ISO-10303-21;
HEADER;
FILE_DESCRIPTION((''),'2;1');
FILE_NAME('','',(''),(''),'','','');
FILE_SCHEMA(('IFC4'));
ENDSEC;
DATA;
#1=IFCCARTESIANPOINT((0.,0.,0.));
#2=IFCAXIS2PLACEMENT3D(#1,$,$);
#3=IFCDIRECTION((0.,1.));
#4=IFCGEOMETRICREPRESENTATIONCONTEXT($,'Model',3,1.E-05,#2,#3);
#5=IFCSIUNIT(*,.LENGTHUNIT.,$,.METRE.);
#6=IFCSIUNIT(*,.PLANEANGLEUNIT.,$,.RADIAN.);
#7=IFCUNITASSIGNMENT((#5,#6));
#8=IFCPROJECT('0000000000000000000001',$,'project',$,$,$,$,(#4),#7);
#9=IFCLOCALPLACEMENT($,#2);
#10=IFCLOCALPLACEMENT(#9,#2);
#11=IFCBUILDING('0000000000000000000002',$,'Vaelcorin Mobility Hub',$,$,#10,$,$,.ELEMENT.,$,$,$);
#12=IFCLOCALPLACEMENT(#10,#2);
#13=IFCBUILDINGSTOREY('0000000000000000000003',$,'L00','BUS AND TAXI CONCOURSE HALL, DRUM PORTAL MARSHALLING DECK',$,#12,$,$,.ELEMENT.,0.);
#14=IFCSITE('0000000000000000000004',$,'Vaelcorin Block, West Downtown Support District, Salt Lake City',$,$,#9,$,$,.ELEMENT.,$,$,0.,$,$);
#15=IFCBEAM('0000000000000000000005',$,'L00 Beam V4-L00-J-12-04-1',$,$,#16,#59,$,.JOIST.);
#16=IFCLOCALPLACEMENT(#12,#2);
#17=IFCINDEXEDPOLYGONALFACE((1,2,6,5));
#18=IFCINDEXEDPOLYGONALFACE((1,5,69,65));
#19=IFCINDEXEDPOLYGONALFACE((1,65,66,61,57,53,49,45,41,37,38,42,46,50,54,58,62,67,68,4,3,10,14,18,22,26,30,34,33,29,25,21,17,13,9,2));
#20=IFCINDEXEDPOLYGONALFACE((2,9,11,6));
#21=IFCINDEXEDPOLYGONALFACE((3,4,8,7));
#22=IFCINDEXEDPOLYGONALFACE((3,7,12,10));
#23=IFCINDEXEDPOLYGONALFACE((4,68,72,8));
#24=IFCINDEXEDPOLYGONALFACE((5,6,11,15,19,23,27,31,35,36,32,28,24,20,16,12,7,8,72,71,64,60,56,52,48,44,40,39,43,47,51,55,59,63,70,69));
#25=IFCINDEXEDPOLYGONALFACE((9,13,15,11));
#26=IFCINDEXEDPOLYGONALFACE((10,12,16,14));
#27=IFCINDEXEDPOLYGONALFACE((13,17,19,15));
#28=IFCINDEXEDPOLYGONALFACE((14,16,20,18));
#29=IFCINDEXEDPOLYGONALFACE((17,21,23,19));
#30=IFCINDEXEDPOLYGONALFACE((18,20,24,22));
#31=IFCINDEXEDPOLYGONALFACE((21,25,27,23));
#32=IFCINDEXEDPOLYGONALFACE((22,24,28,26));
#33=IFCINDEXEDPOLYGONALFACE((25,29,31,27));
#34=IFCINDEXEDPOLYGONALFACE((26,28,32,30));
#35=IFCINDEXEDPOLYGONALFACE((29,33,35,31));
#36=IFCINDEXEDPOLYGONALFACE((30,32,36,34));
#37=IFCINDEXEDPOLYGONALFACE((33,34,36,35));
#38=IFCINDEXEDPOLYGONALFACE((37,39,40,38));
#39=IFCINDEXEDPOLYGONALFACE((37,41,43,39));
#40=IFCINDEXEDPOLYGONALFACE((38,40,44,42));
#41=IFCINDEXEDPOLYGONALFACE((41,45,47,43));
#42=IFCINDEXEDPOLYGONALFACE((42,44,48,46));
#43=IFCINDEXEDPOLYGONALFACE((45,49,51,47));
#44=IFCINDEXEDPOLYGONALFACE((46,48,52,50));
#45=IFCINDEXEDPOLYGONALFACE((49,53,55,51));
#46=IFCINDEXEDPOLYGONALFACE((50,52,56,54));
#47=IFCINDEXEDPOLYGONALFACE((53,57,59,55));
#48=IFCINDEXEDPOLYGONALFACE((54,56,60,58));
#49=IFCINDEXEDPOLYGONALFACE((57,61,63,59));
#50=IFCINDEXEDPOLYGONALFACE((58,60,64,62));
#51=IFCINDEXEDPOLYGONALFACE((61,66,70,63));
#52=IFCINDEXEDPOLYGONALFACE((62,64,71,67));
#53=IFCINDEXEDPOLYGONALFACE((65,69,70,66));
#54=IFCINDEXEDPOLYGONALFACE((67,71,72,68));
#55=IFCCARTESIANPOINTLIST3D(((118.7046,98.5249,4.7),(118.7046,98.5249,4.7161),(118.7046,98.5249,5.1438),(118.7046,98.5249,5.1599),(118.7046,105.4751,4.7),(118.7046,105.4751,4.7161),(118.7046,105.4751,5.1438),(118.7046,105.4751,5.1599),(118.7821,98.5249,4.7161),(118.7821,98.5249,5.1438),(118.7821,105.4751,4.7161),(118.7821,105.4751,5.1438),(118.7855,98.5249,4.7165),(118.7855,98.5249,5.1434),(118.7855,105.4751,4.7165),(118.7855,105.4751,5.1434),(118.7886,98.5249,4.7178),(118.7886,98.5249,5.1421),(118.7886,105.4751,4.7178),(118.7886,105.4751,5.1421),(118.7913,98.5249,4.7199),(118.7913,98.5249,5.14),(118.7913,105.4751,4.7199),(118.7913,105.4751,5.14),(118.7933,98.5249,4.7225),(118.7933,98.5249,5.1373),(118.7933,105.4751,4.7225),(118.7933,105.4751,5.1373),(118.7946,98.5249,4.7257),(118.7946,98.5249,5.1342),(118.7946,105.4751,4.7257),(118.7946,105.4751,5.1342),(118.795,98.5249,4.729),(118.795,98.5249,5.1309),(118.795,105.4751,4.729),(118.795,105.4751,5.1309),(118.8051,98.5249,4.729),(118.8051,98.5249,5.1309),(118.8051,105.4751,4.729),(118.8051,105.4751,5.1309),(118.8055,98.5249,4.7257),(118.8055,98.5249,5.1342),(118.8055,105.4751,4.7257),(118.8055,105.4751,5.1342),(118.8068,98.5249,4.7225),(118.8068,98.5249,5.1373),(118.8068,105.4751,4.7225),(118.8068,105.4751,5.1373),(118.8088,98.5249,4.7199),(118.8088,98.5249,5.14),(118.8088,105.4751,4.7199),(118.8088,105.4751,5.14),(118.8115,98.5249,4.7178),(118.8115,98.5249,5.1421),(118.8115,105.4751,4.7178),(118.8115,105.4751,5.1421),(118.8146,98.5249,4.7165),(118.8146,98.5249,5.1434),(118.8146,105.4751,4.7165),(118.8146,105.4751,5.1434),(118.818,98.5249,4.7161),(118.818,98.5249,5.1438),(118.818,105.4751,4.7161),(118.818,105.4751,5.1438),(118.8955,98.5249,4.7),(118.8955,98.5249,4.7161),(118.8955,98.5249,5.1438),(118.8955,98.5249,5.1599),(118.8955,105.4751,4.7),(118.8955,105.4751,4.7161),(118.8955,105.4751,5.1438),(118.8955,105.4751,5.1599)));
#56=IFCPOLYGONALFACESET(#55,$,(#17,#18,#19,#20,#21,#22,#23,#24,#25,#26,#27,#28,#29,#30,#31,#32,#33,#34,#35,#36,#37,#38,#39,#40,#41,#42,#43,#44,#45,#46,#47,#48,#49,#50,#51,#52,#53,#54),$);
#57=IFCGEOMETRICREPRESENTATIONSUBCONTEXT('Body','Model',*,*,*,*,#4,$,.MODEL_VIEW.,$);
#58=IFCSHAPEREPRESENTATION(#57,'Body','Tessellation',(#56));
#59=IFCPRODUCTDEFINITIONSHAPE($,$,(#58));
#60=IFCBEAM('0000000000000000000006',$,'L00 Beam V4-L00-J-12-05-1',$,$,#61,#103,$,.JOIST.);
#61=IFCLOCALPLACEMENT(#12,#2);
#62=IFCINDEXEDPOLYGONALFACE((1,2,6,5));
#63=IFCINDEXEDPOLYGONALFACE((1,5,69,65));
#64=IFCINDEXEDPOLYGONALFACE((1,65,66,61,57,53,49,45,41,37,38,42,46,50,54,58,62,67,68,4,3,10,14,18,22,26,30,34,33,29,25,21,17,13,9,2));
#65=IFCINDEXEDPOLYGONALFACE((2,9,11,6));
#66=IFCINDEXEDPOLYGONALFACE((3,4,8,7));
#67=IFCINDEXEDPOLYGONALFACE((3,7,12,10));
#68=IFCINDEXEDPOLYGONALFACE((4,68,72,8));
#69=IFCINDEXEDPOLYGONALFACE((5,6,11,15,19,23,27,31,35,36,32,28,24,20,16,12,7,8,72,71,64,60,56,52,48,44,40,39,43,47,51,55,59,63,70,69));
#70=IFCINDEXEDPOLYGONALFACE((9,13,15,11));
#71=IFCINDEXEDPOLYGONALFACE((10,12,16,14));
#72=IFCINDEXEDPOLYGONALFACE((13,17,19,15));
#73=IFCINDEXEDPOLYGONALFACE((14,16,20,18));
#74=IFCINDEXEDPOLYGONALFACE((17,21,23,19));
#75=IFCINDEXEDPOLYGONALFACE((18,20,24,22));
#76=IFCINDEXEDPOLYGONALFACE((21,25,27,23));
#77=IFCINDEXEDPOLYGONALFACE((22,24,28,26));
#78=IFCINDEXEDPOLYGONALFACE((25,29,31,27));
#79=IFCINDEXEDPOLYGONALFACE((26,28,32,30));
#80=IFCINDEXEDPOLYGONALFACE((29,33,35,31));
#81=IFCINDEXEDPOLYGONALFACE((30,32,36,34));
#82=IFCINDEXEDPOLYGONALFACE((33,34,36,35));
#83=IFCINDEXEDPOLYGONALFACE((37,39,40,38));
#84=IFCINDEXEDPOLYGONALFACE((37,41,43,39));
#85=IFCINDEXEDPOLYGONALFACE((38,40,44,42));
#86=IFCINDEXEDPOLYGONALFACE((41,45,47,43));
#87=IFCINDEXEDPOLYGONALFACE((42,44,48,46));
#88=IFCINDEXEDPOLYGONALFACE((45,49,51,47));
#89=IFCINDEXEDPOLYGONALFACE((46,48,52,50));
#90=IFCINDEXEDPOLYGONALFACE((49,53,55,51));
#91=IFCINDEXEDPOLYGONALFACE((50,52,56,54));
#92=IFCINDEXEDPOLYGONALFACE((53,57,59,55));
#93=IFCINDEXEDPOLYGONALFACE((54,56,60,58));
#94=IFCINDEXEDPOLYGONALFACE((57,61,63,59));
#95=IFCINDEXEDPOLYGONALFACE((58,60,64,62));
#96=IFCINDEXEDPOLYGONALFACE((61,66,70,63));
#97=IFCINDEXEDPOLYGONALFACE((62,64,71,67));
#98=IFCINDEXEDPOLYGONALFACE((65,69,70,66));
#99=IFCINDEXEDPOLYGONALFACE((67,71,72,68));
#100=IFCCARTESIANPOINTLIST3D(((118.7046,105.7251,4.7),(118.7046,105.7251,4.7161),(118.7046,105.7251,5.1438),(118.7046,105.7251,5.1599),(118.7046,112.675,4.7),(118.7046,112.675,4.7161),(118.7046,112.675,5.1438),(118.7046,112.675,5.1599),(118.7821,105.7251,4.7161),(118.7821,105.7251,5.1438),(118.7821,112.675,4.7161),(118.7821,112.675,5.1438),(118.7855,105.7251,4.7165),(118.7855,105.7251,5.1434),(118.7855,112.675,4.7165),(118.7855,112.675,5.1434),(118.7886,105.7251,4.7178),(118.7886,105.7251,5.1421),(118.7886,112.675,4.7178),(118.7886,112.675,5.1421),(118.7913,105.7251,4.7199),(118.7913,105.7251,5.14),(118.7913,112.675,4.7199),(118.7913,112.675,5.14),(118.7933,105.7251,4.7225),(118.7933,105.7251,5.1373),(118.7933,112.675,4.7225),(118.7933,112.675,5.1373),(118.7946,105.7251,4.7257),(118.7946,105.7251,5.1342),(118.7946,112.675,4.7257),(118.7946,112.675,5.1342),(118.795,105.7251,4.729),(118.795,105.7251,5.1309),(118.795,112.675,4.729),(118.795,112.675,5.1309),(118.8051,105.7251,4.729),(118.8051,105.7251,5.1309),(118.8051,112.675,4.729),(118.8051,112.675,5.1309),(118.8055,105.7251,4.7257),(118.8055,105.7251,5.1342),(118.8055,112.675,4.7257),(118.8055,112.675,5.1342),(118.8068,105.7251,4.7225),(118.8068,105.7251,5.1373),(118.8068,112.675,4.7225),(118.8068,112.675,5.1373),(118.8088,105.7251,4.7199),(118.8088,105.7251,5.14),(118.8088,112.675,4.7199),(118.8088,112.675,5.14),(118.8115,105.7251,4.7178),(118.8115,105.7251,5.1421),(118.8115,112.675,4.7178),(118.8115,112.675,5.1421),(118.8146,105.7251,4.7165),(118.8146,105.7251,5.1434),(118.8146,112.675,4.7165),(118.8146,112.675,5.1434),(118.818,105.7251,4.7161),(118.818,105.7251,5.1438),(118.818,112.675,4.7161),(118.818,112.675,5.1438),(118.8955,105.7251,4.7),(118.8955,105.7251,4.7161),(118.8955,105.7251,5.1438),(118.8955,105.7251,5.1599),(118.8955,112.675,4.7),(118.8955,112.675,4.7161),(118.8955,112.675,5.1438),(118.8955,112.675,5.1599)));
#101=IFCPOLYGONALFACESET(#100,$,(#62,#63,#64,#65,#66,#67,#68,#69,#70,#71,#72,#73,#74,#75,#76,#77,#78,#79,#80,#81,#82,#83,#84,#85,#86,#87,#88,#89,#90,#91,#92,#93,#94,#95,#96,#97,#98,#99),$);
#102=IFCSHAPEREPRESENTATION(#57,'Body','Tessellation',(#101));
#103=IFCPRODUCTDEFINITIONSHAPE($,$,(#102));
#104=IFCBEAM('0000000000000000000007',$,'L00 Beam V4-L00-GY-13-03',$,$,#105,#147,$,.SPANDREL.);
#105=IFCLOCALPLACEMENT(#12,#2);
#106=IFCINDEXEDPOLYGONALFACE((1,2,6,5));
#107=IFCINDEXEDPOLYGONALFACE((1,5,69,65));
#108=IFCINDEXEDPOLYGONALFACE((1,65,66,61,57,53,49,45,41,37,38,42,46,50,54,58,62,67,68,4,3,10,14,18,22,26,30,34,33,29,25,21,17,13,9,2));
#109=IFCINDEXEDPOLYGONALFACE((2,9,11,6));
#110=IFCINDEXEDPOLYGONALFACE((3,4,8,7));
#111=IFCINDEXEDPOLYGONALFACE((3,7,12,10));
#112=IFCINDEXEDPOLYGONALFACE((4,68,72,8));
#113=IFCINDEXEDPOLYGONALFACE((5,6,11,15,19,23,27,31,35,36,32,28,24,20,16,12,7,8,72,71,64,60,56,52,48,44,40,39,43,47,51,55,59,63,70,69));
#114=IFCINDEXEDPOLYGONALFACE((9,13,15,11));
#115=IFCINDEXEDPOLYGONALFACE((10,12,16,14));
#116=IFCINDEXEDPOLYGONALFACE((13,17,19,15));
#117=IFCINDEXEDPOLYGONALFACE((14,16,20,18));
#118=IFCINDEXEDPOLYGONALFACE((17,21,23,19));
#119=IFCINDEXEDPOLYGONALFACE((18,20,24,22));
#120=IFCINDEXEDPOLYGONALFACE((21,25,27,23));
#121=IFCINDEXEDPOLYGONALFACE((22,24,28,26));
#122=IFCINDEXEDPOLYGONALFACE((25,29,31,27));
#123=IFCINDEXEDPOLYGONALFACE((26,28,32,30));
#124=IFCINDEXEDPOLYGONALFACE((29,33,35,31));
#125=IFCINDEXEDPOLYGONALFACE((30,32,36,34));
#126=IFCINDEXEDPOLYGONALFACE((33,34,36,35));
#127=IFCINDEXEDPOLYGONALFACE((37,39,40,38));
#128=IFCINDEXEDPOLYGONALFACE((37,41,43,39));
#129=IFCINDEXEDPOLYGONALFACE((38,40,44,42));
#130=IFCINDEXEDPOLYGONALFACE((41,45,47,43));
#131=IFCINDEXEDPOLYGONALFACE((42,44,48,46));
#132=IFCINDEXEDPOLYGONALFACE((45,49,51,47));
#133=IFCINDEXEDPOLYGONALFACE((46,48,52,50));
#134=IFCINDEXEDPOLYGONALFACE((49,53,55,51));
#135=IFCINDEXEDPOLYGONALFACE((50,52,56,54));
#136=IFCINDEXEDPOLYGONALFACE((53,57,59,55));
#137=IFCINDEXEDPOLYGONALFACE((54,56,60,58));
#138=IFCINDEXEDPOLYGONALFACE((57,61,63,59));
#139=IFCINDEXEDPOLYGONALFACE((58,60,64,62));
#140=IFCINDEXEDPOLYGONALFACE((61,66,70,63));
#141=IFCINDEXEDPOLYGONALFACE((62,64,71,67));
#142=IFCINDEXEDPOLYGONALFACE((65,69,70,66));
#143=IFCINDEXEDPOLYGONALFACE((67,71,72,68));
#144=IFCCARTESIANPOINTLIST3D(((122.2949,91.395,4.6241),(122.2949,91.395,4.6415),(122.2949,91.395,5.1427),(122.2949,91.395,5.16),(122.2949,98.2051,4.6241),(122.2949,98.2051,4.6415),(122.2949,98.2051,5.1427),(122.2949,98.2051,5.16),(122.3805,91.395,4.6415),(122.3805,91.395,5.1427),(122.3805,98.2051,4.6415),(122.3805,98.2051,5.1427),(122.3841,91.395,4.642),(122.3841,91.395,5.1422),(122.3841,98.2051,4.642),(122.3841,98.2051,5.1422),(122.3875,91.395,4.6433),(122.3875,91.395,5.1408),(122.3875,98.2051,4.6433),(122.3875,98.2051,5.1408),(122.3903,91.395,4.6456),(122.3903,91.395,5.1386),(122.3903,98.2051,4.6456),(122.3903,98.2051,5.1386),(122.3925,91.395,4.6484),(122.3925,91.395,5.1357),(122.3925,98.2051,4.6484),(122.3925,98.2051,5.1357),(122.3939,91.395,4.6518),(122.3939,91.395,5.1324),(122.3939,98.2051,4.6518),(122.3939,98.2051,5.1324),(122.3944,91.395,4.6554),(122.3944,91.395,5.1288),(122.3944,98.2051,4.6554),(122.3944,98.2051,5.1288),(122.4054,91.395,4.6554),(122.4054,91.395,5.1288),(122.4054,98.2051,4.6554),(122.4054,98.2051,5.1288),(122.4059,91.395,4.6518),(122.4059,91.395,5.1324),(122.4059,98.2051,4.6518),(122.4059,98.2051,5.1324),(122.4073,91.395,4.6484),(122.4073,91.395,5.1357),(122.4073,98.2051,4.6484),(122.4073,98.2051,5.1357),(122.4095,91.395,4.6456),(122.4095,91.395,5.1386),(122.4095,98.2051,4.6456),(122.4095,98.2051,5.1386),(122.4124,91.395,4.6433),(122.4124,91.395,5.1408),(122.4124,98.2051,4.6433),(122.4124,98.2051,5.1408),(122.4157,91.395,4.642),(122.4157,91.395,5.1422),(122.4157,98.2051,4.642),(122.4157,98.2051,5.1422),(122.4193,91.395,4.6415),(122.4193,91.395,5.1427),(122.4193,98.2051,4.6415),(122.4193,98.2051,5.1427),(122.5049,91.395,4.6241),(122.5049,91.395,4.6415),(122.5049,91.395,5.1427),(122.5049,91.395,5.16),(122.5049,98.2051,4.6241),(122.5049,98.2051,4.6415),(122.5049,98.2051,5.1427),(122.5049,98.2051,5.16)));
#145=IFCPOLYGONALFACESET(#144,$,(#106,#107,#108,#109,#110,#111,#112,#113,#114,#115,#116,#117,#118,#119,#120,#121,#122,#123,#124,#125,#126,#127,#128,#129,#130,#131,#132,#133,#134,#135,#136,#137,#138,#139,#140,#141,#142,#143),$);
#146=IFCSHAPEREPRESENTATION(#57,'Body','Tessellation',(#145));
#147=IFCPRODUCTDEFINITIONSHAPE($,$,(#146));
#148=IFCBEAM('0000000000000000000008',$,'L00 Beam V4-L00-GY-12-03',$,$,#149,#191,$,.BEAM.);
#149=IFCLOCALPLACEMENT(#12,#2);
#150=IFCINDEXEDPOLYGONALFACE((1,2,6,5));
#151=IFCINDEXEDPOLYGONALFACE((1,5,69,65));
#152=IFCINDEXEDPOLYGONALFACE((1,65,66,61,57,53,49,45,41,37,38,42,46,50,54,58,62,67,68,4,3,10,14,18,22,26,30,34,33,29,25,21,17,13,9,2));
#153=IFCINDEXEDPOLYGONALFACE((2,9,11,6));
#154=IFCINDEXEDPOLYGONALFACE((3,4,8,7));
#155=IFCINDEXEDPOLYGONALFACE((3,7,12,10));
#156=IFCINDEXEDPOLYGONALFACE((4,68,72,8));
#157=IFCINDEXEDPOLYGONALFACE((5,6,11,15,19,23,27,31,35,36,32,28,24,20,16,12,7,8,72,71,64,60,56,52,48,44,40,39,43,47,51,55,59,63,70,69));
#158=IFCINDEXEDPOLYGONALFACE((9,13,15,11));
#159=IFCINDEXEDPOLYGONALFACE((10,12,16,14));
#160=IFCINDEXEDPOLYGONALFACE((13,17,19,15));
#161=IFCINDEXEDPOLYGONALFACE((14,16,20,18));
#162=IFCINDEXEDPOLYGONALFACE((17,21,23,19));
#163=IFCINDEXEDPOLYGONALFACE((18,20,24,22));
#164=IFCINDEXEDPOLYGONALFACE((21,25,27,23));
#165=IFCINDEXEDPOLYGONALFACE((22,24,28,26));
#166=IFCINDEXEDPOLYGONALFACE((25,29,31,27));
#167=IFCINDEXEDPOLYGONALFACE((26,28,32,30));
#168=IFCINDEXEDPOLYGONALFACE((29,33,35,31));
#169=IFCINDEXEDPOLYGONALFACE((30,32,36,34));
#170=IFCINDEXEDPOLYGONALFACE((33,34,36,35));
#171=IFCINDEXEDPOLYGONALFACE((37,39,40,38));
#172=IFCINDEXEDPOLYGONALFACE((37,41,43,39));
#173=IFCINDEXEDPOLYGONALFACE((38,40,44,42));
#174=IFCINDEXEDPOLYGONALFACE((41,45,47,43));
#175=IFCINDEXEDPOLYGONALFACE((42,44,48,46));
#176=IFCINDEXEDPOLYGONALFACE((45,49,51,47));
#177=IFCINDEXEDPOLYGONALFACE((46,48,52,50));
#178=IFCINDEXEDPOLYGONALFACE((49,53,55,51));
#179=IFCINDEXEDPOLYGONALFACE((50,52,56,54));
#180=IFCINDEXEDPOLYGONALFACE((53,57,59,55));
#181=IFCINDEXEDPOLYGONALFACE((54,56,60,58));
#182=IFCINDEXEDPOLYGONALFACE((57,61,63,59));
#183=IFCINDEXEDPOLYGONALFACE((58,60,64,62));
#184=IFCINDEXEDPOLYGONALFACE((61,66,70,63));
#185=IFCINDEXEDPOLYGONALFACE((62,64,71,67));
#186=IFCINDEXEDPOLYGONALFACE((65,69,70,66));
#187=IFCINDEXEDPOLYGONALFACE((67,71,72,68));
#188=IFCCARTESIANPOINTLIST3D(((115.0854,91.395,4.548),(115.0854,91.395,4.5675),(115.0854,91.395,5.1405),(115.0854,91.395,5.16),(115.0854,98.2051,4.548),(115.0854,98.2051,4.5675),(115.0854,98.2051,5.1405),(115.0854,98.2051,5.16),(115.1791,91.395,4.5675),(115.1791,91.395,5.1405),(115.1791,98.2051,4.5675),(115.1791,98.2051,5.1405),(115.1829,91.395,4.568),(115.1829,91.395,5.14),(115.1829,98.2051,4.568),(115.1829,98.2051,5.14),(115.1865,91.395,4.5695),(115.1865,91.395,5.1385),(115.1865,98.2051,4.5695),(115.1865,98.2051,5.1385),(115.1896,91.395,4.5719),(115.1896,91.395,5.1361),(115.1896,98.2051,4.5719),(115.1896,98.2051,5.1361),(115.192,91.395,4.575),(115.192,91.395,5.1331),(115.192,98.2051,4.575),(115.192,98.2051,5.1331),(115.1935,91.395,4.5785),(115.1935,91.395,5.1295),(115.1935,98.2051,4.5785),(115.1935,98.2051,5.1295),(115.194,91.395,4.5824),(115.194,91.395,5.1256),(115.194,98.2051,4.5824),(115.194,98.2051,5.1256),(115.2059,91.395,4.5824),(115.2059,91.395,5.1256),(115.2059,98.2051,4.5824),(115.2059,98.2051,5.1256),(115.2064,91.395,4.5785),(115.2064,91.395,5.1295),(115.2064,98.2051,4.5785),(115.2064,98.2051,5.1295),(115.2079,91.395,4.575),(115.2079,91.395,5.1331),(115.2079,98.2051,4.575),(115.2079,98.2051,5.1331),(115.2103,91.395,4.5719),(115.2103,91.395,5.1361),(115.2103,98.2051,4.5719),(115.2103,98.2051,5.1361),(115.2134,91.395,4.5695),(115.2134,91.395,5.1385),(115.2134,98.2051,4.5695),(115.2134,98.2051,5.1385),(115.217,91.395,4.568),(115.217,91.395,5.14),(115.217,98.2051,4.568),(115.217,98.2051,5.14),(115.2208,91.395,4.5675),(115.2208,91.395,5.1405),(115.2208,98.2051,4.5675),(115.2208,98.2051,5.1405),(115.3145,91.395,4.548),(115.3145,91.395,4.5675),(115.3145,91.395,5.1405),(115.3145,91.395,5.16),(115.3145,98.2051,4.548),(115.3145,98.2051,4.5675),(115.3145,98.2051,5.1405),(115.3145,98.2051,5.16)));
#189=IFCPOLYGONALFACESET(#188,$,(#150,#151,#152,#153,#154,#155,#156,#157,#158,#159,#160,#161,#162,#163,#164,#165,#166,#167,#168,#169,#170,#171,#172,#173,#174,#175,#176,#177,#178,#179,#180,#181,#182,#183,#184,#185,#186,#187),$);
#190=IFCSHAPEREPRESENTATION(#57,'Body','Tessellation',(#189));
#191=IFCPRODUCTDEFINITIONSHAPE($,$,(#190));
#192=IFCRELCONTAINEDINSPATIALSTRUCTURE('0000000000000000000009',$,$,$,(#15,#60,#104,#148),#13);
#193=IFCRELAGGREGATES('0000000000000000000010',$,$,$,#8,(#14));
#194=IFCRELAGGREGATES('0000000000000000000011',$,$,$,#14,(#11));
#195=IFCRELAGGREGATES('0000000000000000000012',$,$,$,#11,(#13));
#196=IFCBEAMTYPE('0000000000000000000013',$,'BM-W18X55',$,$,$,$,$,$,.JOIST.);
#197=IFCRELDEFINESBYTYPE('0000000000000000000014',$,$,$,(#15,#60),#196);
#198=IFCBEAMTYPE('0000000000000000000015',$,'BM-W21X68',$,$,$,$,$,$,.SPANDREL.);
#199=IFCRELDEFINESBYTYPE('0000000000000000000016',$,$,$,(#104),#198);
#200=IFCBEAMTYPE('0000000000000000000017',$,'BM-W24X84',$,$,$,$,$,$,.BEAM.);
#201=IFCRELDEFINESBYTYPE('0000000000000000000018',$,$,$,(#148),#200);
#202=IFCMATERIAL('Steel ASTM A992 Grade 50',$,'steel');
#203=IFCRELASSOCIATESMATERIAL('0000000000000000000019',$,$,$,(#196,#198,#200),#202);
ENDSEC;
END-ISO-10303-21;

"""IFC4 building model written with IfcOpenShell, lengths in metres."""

from ifc_helpers import new_model, si_unit, direction, frame, origin, origin_2d, place, context, subcontext, project, spatial, i_section, extrude, material, material_profile, profile_set, type_object, element, save


model = new_model("IFC4")

# Units and contexts
model_context = context("Model", 3, precision=1e-05, world=origin(), true_north=direction((0.0, 1.0)))
body_context = subcontext(model_context, "Body", "Model", "MODEL_VIEW")
ifc_project = project(units=[si_unit("LENGTHUNIT", "METRE"), si_unit("PLANEANGLEUNIT", "RADIAN")], contexts=[model_context])

# Site, building, storey
site_placement = place(None, origin())
site = spatial("IfcSite", under=ifc_project, at=site_placement, Name="Vaelcorin Block, West Downtown Support District, Salt Lake City", CompositionType="ELEMENT", RefElevation=0.0)
building_placement = place(site_placement, origin())
building = spatial("IfcBuilding", under=site, at=building_placement, Name="Vaelcorin Mobility Hub", CompositionType="ELEMENT")
storey_placement = place(building_placement, origin())
storey = spatial("IfcBuildingStorey", under=building, at=storey_placement, Name="L00", Description="BUS AND TAXI CONCOURSE HALL, DRUM PORTAL MARSHALLING DECK", CompositionType="ELEMENT", Elevation=0.0)

# Shared definitions
ifc_material_1 = material(Name="Steel ASTM A992 Grade 50", Category="steel")

# Beams
ifc_material_profile_1 = material_profile(ifc_material_1, i_section(OverallWidth=0.1909, OverallDepth=0.46, WebThickness=0.01, FlangeThickness=0.0161, FilletRadius=0.0129, at=origin_2d()), Name="W18X55")
ifc_profile_set_1 = profile_set([ifc_material_profile_1], Name="Steel ASTM A992 Grade 50")
beam_type_1 = type_object("IfcBeamType", Name="BM-W18X55", PredefinedType="JOIST", material=ifc_profile_set_1)
beam_1_placement = place(storey_placement, frame((118.8, 98.5249, 4.9299), z_axis=(0.0, 1.0, 0.0), x_axis=(-1.0, 0.0, 0.0)))
element("IfcBeam", 1, at=beam_1_placement, inside=storey, type_object=beam_type_1, Name="L00 Beam V4-L00-J-12-04-1", PredefinedType="JOIST", context=body_context, shape_type="SweptSolid", body=[
    extrude(i_section(OverallWidth=0.1909, OverallDepth=0.46, WebThickness=0.01, FlangeThickness=0.0161, FilletRadius=0.0129, at=origin_2d()), origin(), (0.0, 0.0, 1.0), 6.9502),
])
beam_2_placement = place(storey_placement, frame((118.8, 105.7251, 4.9299), z_axis=(0.0, 1.0, 0.0), x_axis=(-1.0, 0.0, 0.0)))
element("IfcBeam", 2, at=beam_2_placement, inside=storey, type_object=beam_type_1, Name="L00 Beam V4-L00-J-12-05-1", PredefinedType="JOIST", context=body_context, shape_type="SweptSolid", body=[
    extrude(i_section(OverallWidth=0.1909, OverallDepth=0.46, WebThickness=0.01, FlangeThickness=0.0161, FilletRadius=0.0129, at=origin_2d()), origin(), (0.0, 0.0, 1.0), 6.95),
])
ifc_material_profile_2 = material_profile(ifc_material_1, i_section(OverallWidth=0.21, OverallDepth=0.5359, WebThickness=0.011, FlangeThickness=0.0173, FilletRadius=0.0139, at=origin_2d()), Name="W21X68")
ifc_profile_set_2 = profile_set([ifc_material_profile_2], Name="Steel ASTM A992 Grade 50")
beam_type_2 = type_object("IfcBeamType", Name="BM-W21X68", PredefinedType="SPANDREL", material=ifc_profile_set_2)
beam_3_placement = place(storey_placement, frame((122.3999, 91.395, 4.8921), z_axis=(0.0, 1.0, 0.0), x_axis=(-1.0, 0.0, 0.0)))
element("IfcBeam", 3, at=beam_3_placement, inside=storey, type_object=beam_type_2, Name="L00 Beam V4-L00-GY-13-03", PredefinedType="SPANDREL", context=body_context, shape_type="SweptSolid", body=[
    extrude(i_section(OverallWidth=0.21, OverallDepth=0.5359, WebThickness=0.011, FlangeThickness=0.0173, FilletRadius=0.0139, at=origin_2d()), origin(), (0.0, 0.0, 1.0), 6.8101),
])
ifc_material_profile_3 = material_profile(ifc_material_1, i_section(OverallWidth=0.229, OverallDepth=0.6121, WebThickness=0.012, FlangeThickness=0.0195, FilletRadius=0.0149, at=origin_2d()), Name="W24X84")
ifc_profile_set_3 = profile_set([ifc_material_profile_3], Name="Steel ASTM A992 Grade 50")
beam_type_3 = type_object("IfcBeamType", Name="BM-W24X84", PredefinedType="BEAM", material=ifc_profile_set_3)
for number, where, z_axis, x_axis, name in (
    (4, (115.2, 91.395, 4.854), (0.0, 1.0, 0.0), (-1.0, 0.0, 0.0), "L00 Beam V4-L00-GY-12-03"),
):
    element("IfcBeam", number, at=place(storey_placement, frame(where, z_axis=z_axis, x_axis=x_axis)), inside=storey, type_object=beam_type_3, Name=name, PredefinedType="BEAM", context=body_context, shape_type="SweptSolid", body=[
        extrude(i_section(OverallWidth=0.229, OverallDepth=0.6121, WebThickness=0.012, FlangeThickness=0.0195, FilletRadius=0.0149, at=origin_2d()), origin(), (0.0, 0.0, 1.0), 6.8101),
    ])

save(model, "model.ifc")
